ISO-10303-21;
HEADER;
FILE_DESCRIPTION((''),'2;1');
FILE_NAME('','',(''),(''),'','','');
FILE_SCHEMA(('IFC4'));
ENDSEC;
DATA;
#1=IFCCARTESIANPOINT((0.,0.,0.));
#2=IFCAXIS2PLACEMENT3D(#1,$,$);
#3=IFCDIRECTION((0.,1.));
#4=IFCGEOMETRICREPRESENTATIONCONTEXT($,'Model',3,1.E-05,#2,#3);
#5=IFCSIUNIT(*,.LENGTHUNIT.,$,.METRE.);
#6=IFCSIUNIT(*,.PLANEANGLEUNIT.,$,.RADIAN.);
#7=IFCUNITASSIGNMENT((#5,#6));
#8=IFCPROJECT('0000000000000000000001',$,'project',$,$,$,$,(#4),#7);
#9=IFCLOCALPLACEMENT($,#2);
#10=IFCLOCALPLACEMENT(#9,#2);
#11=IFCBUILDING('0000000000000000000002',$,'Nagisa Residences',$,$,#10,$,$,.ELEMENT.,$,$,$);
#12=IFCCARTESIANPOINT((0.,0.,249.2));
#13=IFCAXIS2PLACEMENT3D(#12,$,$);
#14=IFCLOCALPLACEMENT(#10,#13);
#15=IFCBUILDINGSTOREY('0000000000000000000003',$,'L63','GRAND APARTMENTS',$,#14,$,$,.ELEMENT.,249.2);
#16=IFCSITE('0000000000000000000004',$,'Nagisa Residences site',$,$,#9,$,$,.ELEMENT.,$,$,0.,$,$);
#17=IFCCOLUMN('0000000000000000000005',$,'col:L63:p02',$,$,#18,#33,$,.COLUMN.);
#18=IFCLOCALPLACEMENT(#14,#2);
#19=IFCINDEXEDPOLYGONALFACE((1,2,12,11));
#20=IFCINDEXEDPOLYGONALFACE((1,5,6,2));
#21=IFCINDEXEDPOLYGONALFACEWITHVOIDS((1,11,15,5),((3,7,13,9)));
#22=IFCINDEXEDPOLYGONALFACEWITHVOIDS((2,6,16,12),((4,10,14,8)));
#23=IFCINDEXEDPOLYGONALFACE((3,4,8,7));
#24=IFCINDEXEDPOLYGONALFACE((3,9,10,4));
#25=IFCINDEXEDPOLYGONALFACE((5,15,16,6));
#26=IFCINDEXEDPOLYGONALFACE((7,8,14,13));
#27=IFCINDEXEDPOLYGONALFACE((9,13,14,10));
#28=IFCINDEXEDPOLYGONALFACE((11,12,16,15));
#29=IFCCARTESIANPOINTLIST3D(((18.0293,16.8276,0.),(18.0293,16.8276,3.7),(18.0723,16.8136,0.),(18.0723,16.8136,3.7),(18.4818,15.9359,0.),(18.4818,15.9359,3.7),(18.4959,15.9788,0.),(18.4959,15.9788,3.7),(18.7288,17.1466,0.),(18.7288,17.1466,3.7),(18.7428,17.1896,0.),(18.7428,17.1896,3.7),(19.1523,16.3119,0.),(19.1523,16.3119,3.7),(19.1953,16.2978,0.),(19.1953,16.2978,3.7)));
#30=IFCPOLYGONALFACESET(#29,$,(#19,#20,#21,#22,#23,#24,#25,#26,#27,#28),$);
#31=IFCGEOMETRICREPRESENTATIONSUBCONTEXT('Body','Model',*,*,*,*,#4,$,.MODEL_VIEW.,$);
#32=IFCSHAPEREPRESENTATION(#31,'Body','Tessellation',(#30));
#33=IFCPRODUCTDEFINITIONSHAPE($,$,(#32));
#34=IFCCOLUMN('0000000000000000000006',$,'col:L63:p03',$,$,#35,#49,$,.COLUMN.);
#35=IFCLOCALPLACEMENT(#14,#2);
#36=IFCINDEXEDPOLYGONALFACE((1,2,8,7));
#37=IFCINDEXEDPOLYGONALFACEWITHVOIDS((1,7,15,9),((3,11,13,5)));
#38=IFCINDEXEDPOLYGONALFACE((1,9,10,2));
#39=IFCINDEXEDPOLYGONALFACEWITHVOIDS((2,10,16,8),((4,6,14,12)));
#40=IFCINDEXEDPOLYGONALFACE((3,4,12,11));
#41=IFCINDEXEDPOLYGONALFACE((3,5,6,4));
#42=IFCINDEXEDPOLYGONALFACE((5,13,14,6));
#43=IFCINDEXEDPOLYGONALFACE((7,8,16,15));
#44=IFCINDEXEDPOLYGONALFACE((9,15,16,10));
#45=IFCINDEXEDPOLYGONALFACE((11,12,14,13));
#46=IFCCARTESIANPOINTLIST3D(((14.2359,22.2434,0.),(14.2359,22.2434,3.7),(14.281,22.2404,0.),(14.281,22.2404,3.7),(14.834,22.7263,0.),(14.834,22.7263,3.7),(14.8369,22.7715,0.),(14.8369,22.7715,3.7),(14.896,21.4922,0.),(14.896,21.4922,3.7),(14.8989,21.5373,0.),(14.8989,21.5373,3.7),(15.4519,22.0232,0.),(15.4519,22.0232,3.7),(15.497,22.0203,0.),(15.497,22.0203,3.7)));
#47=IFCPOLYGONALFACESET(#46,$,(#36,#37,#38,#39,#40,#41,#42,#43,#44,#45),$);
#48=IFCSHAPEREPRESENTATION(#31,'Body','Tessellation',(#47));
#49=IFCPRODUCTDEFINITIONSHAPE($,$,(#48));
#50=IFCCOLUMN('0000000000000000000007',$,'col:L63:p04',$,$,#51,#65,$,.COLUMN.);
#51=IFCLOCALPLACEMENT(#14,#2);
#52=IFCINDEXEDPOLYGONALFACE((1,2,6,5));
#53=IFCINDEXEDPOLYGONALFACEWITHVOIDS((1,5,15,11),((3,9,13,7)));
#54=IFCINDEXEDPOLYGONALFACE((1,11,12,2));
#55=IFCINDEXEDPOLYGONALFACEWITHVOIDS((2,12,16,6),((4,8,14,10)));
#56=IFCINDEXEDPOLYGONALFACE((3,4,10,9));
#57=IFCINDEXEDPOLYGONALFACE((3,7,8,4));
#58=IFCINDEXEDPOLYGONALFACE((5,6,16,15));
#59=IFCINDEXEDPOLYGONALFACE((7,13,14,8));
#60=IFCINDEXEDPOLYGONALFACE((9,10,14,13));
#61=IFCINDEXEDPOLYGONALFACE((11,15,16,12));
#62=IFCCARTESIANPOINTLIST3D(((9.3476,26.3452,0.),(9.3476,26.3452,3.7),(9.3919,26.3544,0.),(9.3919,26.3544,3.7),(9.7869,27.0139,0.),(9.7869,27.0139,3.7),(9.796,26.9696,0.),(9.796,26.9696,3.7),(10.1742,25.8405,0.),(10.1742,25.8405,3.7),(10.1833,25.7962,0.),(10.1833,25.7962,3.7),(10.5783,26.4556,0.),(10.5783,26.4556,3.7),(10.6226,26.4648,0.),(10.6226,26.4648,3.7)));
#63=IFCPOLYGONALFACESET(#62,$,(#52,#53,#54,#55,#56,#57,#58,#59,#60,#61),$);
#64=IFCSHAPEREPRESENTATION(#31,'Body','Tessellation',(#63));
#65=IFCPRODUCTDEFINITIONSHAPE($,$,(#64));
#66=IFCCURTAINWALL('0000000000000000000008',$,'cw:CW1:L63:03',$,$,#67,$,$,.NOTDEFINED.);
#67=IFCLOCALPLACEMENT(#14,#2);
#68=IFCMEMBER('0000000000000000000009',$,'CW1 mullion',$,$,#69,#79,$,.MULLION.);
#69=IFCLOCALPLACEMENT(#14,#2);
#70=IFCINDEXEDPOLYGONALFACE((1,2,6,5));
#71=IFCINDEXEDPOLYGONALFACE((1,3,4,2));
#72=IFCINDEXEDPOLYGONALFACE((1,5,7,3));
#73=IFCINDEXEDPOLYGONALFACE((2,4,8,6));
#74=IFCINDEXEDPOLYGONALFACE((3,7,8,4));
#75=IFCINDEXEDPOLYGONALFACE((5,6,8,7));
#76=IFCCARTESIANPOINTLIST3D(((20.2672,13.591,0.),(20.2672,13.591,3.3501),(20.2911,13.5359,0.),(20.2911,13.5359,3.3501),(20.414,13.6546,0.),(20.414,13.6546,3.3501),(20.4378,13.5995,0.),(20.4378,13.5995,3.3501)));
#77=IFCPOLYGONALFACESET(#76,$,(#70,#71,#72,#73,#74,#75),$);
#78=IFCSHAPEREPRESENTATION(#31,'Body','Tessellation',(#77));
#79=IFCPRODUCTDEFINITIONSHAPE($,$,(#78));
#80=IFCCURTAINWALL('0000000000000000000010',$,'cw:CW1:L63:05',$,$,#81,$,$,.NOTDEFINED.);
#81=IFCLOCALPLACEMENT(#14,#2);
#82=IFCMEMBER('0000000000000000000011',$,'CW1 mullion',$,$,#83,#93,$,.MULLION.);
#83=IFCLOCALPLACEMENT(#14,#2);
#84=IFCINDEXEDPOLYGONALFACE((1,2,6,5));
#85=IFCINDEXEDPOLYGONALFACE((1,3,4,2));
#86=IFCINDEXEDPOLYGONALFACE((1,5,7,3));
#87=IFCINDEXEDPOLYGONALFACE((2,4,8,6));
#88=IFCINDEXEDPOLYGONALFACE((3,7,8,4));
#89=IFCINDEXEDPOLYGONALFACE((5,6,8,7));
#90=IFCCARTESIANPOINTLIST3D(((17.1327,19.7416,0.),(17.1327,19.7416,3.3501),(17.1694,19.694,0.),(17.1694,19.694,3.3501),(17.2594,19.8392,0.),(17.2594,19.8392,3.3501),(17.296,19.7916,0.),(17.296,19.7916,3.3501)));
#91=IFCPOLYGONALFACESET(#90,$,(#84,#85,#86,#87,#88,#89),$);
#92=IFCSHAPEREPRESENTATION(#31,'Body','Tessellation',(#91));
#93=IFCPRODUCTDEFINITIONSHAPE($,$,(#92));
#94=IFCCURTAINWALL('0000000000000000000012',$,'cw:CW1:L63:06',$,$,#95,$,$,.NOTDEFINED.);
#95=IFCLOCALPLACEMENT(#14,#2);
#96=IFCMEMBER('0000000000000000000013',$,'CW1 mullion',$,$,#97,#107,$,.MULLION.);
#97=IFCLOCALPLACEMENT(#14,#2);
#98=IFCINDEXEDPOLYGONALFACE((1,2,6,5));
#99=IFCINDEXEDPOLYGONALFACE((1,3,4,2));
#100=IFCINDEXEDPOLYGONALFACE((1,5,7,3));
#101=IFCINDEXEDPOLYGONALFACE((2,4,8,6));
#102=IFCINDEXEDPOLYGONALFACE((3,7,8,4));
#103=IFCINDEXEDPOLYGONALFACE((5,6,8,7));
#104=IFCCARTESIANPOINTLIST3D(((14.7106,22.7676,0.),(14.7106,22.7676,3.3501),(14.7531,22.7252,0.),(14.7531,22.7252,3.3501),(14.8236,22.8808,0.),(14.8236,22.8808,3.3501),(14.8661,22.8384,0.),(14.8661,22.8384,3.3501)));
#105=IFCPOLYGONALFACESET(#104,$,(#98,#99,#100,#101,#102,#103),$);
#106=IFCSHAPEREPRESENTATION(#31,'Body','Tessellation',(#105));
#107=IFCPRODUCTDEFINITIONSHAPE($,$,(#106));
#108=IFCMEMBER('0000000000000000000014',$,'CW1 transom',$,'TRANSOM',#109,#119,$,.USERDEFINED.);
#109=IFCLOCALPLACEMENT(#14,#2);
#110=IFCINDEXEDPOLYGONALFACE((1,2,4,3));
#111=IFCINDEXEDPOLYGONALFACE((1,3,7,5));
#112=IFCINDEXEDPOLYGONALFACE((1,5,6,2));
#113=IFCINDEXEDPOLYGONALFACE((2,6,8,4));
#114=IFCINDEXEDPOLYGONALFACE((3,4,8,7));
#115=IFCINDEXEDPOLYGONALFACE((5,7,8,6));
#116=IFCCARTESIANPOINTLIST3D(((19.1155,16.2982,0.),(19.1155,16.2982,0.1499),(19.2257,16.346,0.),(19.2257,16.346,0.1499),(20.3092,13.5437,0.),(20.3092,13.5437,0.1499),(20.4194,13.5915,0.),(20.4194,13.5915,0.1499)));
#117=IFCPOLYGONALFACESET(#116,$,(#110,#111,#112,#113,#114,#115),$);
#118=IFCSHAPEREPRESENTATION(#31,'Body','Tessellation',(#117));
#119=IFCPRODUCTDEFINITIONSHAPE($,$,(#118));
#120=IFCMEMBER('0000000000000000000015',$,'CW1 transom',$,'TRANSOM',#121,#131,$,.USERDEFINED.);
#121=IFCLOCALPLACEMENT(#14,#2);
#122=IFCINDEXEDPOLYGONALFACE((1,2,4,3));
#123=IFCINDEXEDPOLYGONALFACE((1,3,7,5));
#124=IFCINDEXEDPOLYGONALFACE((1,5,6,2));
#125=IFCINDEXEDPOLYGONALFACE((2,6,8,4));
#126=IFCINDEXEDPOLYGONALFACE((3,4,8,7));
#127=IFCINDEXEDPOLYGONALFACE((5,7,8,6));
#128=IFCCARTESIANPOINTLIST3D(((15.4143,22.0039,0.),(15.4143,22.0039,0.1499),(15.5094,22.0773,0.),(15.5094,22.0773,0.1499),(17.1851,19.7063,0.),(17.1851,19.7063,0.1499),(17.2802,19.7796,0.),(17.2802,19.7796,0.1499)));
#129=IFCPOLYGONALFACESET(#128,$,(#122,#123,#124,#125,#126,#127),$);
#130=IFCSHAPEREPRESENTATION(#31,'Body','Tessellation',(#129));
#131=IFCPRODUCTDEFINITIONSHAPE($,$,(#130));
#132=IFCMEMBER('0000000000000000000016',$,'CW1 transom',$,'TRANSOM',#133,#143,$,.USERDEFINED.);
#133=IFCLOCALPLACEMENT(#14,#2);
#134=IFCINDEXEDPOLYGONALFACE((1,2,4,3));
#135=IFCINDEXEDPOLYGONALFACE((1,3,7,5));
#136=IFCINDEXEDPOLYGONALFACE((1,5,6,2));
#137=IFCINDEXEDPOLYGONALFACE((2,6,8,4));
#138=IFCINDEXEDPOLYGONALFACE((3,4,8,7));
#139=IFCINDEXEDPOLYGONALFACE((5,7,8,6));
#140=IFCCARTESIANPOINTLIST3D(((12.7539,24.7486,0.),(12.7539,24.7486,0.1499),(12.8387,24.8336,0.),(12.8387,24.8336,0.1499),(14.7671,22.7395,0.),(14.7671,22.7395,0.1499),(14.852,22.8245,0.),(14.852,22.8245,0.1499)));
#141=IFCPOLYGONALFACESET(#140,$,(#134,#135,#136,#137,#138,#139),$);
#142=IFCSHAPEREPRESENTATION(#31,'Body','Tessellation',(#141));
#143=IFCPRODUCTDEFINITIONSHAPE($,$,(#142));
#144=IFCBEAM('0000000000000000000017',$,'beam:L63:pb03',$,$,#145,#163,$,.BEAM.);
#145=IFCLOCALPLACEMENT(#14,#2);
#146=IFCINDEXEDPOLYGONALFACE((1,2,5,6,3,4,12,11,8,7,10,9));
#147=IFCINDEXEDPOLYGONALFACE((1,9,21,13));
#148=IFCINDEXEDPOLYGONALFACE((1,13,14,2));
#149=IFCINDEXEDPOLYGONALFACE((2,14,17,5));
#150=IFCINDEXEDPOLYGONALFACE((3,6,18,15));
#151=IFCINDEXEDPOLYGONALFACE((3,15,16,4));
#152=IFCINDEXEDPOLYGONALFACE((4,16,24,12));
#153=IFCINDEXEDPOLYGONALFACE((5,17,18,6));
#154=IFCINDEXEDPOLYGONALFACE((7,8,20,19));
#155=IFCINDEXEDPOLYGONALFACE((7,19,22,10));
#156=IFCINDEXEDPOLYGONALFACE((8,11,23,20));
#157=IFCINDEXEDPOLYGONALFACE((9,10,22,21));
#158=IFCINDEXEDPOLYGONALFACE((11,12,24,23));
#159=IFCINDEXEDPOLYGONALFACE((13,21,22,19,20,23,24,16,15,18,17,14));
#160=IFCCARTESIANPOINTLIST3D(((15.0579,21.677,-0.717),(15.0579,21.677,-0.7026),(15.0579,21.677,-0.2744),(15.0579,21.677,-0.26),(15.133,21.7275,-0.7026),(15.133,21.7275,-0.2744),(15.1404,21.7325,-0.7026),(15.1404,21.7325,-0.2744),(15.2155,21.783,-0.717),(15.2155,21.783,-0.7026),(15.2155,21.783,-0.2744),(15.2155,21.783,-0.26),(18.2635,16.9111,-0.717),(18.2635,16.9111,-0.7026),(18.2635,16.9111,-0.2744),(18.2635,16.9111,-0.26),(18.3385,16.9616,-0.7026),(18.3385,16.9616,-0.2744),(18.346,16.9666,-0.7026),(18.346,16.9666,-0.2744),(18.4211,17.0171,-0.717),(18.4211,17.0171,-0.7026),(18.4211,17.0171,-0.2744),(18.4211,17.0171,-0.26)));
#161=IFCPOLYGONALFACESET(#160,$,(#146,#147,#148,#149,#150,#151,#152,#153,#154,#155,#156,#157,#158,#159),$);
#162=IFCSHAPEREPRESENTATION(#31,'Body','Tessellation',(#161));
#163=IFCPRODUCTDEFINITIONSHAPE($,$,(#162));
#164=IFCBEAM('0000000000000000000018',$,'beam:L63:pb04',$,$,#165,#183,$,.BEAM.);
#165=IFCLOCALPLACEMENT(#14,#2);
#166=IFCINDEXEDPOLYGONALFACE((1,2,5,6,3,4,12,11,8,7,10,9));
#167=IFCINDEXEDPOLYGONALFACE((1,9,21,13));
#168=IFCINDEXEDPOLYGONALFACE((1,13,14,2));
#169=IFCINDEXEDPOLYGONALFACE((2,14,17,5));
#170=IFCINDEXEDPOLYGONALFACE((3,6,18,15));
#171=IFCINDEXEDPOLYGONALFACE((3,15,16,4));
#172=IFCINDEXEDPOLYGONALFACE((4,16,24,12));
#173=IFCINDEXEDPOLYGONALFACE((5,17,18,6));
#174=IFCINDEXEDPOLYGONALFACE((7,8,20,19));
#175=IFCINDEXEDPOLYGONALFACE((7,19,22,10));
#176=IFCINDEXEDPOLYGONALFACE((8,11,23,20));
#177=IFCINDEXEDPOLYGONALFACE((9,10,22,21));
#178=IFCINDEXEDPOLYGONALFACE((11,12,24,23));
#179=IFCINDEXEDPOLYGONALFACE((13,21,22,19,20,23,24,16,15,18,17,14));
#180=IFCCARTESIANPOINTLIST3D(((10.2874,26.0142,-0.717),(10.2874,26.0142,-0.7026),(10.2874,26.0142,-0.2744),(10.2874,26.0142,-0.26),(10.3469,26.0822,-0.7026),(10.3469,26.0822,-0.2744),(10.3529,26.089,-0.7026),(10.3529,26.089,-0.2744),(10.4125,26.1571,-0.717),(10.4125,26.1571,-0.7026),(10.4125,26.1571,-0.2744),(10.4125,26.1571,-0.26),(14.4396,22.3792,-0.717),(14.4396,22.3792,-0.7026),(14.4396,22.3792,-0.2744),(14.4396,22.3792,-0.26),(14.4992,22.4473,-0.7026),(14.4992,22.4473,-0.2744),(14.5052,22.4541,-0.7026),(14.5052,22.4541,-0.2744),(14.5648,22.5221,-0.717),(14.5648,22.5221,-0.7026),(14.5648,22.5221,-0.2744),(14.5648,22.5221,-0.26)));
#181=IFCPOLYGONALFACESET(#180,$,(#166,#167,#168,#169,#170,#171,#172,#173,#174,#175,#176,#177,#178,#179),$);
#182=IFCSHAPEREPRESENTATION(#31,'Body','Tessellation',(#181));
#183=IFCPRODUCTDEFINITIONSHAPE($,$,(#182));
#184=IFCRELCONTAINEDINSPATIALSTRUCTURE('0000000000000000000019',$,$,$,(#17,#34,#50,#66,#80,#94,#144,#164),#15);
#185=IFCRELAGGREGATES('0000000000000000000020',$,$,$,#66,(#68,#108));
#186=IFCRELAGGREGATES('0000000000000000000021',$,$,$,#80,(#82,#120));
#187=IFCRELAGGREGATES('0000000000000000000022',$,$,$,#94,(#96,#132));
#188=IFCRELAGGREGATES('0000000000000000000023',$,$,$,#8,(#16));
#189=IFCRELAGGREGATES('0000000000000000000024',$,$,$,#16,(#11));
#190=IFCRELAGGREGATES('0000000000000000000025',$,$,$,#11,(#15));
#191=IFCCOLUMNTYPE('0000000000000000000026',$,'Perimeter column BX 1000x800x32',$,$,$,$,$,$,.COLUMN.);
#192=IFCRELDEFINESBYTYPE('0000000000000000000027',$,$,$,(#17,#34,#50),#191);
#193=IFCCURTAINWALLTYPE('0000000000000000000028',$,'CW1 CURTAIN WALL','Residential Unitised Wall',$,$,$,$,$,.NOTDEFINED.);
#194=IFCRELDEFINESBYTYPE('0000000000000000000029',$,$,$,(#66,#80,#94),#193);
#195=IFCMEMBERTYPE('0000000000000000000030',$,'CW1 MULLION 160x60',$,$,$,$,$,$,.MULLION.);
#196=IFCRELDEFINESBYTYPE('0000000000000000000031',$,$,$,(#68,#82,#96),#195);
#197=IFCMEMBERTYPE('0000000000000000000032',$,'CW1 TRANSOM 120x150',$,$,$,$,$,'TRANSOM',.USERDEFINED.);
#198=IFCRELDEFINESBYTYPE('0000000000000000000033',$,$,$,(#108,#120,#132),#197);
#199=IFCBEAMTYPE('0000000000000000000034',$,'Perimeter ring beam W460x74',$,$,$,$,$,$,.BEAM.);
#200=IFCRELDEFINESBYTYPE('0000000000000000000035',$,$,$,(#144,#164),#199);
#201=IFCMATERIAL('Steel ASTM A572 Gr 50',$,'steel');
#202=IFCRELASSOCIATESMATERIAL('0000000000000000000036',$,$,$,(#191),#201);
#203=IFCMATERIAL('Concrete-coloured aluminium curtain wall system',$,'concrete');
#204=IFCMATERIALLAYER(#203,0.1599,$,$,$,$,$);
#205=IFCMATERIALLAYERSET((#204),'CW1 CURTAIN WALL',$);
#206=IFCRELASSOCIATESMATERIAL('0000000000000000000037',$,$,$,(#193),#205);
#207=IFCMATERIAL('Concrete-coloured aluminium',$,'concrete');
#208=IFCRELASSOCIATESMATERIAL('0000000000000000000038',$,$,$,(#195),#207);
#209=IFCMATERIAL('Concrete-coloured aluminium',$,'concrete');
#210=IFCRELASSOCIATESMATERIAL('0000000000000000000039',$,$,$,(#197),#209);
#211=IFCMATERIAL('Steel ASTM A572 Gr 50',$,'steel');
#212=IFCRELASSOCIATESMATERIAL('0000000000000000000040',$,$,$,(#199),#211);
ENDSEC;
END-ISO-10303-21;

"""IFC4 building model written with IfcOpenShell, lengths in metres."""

from ifc_helpers import new_model, si_unit, direction, frame, origin, origin_2d, place, context, subcontext, project, spatial, rectangle, hollow_rectangle, i_section, extrude, material, layer, layer_set, material_profile, profile_set, type_object, element, aggregate, save


model = new_model("IFC4")

# Units and contexts
model_context = context("Model", 3, precision=1e-05, world=origin(), true_north=direction((0.0, 1.0)))
body_context = subcontext(model_context, "Body", "Model", "MODEL_VIEW")
ifc_project = project(units=[si_unit("LENGTHUNIT", "METRE"), si_unit("PLANEANGLEUNIT", "RADIAN")], contexts=[model_context])

# Site, building, storey
site_placement = place(None, origin())
site = spatial("IfcSite", under=ifc_project, at=site_placement, Name="Nagisa Residences site", CompositionType="ELEMENT", RefElevation=0.0)
building_placement = place(site_placement, origin())
building = spatial("IfcBuilding", under=site, at=building_placement, Name="Nagisa Residences", CompositionType="ELEMENT")
storey_placement = place(building_placement, frame((0.0, 0.0, 249.2)))
storey = spatial("IfcBuildingStorey", under=building, at=storey_placement, Name="L63", Description="GRAND APARTMENTS", CompositionType="ELEMENT", Elevation=249.2)

# Columns
ifc_material_1 = material(Name="Steel ASTM A572 Gr 50", Category="steel")
ifc_material_profile_1 = material_profile(ifc_material_1, hollow_rectangle(XDim=1.0, YDim=0.8, WallThickness=0.032, at=origin_2d()), Name="BX 1000x800x32")
ifc_profile_set_1 = profile_set([ifc_material_profile_1], Name="Steel ASTM A572 Gr 50")
column_type = type_object("IfcColumnType", Name="Perimeter column BX 1000x800x32", PredefinedType="COLUMN", material=ifc_profile_set_1)
for number, where, z_axis, x_axis, name in (
    (1, (18.6123, 16.5627, 0.0), (0.0, 0.0, 1.0), (-0.452463, 0.891783, 0.0), "col:L63:p02"),
    (2, (14.8665, 22.1318, 0.0), (0.0, 0.0, 1.0), (-0.660115, 0.751165, 0.0), "col:L63:p03"),
    (3, (9.9851, 26.405, 0.0), (0.0, 0.0, 1.0), (-0.835766, 0.549086, 0.0), "col:L63:p04"),
):
    element("IfcColumn", number, at=place(storey_placement, frame(where, z_axis=z_axis, x_axis=x_axis)), inside=storey, type_object=column_type, Name=name, PredefinedType="COLUMN", context=body_context, shape_type="SweptSolid", body=[
        extrude(hollow_rectangle(XDim=1.0, YDim=0.8, WallThickness=0.032, at=origin_2d()), origin(), (0.0, 0.0, 1.0), 3.7),
    ])

# Curtain walls, members
ifc_material_2 = material(Name="Concrete-coloured aluminium curtain wall system", Category="concrete")
ifc_layer_1 = layer(ifc_material_2, 0.1599)
ifc_layer_set_1 = layer_set([ifc_layer_1], Name="CW1 CURTAIN WALL")
curtain_wall_type = type_object("IfcCurtainWallType", Name="CW1 CURTAIN WALL", Description="Residential Unitised Wall", PredefinedType="NOTDEFINED", material=ifc_layer_set_1)
curtain_wall_1_placement = place(storey_placement, origin())
curtain_wall_1 = element("IfcCurtainWall", 4, at=curtain_wall_1_placement, inside=storey, type_object=curtain_wall_type, Name="cw:CW1:L63:03", PredefinedType="NOTDEFINED")
ifc_material_3 = material(Name="Concrete-coloured aluminium", Category="concrete")
ifc_material_profile_2 = material_profile(ifc_material_3, rectangle(XDim=0.1599, YDim=0.0601, at=origin_2d()), Name="CW1 MULLION 160x60")
ifc_profile_set_2 = profile_set([ifc_material_profile_2], Name="Concrete-coloured aluminium")
member_type_1 = type_object("IfcMemberType", Name="CW1 MULLION 160x60", PredefinedType="MULLION", material=ifc_profile_set_2)
member_1_placement = place(storey_placement, frame((20.3525, 13.5952, 0.0), z_axis=(0.0, 0.0, 1.0), x_axis=(-0.917543, -0.397636, 0.0)))
member_1 = element("IfcMember", 5, at=member_1_placement, type_object=member_type_1, Name="CW1 mullion", PredefinedType="MULLION", context=body_context, shape_type="SweptSolid", body=[
    extrude(rectangle(XDim=0.1599, YDim=0.0601, at=origin_2d()), origin(), (0.0, 0.0, 1.0), 3.3501),
])
curtain_wall_2_placement = place(storey_placement, origin())
curtain_wall_2 = element("IfcCurtainWall", 6, at=curtain_wall_2_placement, inside=storey, type_object=curtain_wall_type, Name="cw:CW1:L63:05", PredefinedType="NOTDEFINED")
member_2_placement = place(storey_placement, frame((17.2144, 19.7666, 0.0), z_axis=(0.0, 0.0, 1.0), x_axis=(-0.79207, -0.61043, 0.0)))
member_2 = element("IfcMember", 7, at=member_2_placement, type_object=member_type_1, Name="CW1 mullion", PredefinedType="MULLION", context=body_context, shape_type="SweptSolid", body=[
    extrude(rectangle(XDim=0.1599, YDim=0.0601, at=origin_2d()), origin(), (0.0, 0.0, 1.0), 3.3501),
])
curtain_wall_3_placement = place(storey_placement, origin())
curtain_wall_3 = element("IfcCurtainWall", 8, at=curtain_wall_3_placement, inside=storey, type_object=curtain_wall_type, Name="cw:CW1:L63:06", PredefinedType="NOTDEFINED")
member_3_placement = place(storey_placement, frame((14.7883, 22.803, 0.0), z_axis=(0.0, 0.0, 1.0), x_axis=(-0.706377, -0.707836, 0.0)))
member_3 = element("IfcMember", 9, at=member_3_placement, type_object=member_type_1, Name="CW1 mullion", PredefinedType="MULLION", context=body_context, shape_type="SweptSolid", body=[
    extrude(rectangle(XDim=0.1599, YDim=0.0601, at=origin_2d()), origin(), (0.0, 0.0, 1.0), 3.3501),
])

# Members
ifc_material_4 = material(Name="Concrete-coloured aluminium", Category="concrete")
ifc_material_profile_3 = material_profile(ifc_material_4, rectangle(XDim=0.1201, YDim=0.1499, at=origin_2d()), Name="CW1 TRANSOM 120x150")
ifc_profile_set_3 = profile_set([ifc_material_profile_3], Name="Concrete-coloured aluminium")
member_type_2 = type_object("IfcMemberType", Name="CW1 TRANSOM 120x150", ElementType="TRANSOM", PredefinedType="USERDEFINED", material=ifc_profile_set_3)
member_4_placement = place(storey_placement, frame((20.3643, 13.5676, 0.075), z_axis=(-0.397617, 0.917552, 0.0), x_axis=(-0.917552, -0.397617, 0.0)))
member_4 = element("IfcMember", 10, at=member_4_placement, type_object=member_type_2, Name="CW1 transom", ObjectType="TRANSOM", PredefinedType="USERDEFINED", context=body_context, shape_type="SweptSolid", body=[
    extrude(rectangle(XDim=0.1201, YDim=0.1499, at=origin_2d()), origin(), (0.0, 0.0, 1.0), 3.002),
])
member_5_placement = place(storey_placement, frame((17.2327, 19.7429, 0.075), z_axis=(-0.610439, 0.792064, 0.0), x_axis=(-0.792064, -0.610439, 0.0)))
member_5 = element("IfcMember", 11, at=member_5_placement, type_object=member_type_2, Name="CW1 transom", ObjectType="TRANSOM", PredefinedType="USERDEFINED", context=body_context, shape_type="SweptSolid", body=[
    extrude(rectangle(XDim=0.1201, YDim=0.1499, at=origin_2d()), origin(), (0.0, 0.0, 1.0), 2.9009),
])
member_6_placement = place(storey_placement, frame((14.8096, 22.782, 0.075), z_axis=(-0.707836, 0.706377, 0.0), x_axis=(-0.706377, -0.707836, 0.0)))
member_6 = element("IfcMember", 12, at=member_6_placement, type_object=member_type_2, Name="CW1 transom", ObjectType="TRANSOM", PredefinedType="USERDEFINED", context=body_context, shape_type="SweptSolid", body=[
    extrude(rectangle(XDim=0.1201, YDim=0.1499, at=origin_2d()), origin(), (0.0, 0.0, 1.0), 2.8442),
])

# Beams
ifc_material_5 = material(Name="Steel ASTM A572 Gr 50", Category="steel")
ifc_material_profile_4 = material_profile(ifc_material_5, i_section(OverallWidth=0.1899, OverallDepth=0.457, WebThickness=0.009, FlangeThickness=0.0144, at=origin_2d()), Name="W460x74")
ifc_profile_set_4 = profile_set([ifc_material_profile_4], Name="Steel ASTM A572 Gr 50")
beam_type_1 = type_object("IfcBeamType", Name="Perimeter ring beam W460x74", PredefinedType="BEAM", material=ifc_profile_set_4)
beam_1_placement = place(storey_placement, frame((18.3423, 16.9641, -0.4885), z_axis=(-0.558109, 0.829768, 0.0), x_axis=(-0.829768, -0.558109, 0.0)))
element("IfcBeam", 13, at=beam_1_placement, inside=storey, type_object=beam_type_1, Name="beam:L63:pb03", PredefinedType="BEAM", context=body_context, shape_type="SweptSolid", body=[
    extrude(i_section(OverallWidth=0.1899, OverallDepth=0.457, WebThickness=0.009, FlangeThickness=0.0144, at=origin_2d()), origin(), (0.0, 0.0, 1.0), 5.7437),
])
beam_2_placement = place(storey_placement, frame((14.5022, 22.4507, -0.4885), z_axis=(-0.752423, 0.65868, 0.0), x_axis=(-0.65868, -0.752423, 0.0)))
element("IfcBeam", 14, at=beam_2_placement, inside=storey, type_object=beam_type_1, Name="beam:L63:pb04", PredefinedType="BEAM", context=body_context, shape_type="SweptSolid", body=[
    extrude(i_section(OverallWidth=0.1899, OverallDepth=0.457, WebThickness=0.009, FlangeThickness=0.0144, at=origin_2d()), origin(), (0.0, 0.0, 1.0), 5.5186),
])

aggregate(curtain_wall_1, [member_1, member_4])
aggregate(curtain_wall_2, [member_2, member_5])
aggregate(curtain_wall_3, [member_3, member_6])

save(model, "model.ifc")
